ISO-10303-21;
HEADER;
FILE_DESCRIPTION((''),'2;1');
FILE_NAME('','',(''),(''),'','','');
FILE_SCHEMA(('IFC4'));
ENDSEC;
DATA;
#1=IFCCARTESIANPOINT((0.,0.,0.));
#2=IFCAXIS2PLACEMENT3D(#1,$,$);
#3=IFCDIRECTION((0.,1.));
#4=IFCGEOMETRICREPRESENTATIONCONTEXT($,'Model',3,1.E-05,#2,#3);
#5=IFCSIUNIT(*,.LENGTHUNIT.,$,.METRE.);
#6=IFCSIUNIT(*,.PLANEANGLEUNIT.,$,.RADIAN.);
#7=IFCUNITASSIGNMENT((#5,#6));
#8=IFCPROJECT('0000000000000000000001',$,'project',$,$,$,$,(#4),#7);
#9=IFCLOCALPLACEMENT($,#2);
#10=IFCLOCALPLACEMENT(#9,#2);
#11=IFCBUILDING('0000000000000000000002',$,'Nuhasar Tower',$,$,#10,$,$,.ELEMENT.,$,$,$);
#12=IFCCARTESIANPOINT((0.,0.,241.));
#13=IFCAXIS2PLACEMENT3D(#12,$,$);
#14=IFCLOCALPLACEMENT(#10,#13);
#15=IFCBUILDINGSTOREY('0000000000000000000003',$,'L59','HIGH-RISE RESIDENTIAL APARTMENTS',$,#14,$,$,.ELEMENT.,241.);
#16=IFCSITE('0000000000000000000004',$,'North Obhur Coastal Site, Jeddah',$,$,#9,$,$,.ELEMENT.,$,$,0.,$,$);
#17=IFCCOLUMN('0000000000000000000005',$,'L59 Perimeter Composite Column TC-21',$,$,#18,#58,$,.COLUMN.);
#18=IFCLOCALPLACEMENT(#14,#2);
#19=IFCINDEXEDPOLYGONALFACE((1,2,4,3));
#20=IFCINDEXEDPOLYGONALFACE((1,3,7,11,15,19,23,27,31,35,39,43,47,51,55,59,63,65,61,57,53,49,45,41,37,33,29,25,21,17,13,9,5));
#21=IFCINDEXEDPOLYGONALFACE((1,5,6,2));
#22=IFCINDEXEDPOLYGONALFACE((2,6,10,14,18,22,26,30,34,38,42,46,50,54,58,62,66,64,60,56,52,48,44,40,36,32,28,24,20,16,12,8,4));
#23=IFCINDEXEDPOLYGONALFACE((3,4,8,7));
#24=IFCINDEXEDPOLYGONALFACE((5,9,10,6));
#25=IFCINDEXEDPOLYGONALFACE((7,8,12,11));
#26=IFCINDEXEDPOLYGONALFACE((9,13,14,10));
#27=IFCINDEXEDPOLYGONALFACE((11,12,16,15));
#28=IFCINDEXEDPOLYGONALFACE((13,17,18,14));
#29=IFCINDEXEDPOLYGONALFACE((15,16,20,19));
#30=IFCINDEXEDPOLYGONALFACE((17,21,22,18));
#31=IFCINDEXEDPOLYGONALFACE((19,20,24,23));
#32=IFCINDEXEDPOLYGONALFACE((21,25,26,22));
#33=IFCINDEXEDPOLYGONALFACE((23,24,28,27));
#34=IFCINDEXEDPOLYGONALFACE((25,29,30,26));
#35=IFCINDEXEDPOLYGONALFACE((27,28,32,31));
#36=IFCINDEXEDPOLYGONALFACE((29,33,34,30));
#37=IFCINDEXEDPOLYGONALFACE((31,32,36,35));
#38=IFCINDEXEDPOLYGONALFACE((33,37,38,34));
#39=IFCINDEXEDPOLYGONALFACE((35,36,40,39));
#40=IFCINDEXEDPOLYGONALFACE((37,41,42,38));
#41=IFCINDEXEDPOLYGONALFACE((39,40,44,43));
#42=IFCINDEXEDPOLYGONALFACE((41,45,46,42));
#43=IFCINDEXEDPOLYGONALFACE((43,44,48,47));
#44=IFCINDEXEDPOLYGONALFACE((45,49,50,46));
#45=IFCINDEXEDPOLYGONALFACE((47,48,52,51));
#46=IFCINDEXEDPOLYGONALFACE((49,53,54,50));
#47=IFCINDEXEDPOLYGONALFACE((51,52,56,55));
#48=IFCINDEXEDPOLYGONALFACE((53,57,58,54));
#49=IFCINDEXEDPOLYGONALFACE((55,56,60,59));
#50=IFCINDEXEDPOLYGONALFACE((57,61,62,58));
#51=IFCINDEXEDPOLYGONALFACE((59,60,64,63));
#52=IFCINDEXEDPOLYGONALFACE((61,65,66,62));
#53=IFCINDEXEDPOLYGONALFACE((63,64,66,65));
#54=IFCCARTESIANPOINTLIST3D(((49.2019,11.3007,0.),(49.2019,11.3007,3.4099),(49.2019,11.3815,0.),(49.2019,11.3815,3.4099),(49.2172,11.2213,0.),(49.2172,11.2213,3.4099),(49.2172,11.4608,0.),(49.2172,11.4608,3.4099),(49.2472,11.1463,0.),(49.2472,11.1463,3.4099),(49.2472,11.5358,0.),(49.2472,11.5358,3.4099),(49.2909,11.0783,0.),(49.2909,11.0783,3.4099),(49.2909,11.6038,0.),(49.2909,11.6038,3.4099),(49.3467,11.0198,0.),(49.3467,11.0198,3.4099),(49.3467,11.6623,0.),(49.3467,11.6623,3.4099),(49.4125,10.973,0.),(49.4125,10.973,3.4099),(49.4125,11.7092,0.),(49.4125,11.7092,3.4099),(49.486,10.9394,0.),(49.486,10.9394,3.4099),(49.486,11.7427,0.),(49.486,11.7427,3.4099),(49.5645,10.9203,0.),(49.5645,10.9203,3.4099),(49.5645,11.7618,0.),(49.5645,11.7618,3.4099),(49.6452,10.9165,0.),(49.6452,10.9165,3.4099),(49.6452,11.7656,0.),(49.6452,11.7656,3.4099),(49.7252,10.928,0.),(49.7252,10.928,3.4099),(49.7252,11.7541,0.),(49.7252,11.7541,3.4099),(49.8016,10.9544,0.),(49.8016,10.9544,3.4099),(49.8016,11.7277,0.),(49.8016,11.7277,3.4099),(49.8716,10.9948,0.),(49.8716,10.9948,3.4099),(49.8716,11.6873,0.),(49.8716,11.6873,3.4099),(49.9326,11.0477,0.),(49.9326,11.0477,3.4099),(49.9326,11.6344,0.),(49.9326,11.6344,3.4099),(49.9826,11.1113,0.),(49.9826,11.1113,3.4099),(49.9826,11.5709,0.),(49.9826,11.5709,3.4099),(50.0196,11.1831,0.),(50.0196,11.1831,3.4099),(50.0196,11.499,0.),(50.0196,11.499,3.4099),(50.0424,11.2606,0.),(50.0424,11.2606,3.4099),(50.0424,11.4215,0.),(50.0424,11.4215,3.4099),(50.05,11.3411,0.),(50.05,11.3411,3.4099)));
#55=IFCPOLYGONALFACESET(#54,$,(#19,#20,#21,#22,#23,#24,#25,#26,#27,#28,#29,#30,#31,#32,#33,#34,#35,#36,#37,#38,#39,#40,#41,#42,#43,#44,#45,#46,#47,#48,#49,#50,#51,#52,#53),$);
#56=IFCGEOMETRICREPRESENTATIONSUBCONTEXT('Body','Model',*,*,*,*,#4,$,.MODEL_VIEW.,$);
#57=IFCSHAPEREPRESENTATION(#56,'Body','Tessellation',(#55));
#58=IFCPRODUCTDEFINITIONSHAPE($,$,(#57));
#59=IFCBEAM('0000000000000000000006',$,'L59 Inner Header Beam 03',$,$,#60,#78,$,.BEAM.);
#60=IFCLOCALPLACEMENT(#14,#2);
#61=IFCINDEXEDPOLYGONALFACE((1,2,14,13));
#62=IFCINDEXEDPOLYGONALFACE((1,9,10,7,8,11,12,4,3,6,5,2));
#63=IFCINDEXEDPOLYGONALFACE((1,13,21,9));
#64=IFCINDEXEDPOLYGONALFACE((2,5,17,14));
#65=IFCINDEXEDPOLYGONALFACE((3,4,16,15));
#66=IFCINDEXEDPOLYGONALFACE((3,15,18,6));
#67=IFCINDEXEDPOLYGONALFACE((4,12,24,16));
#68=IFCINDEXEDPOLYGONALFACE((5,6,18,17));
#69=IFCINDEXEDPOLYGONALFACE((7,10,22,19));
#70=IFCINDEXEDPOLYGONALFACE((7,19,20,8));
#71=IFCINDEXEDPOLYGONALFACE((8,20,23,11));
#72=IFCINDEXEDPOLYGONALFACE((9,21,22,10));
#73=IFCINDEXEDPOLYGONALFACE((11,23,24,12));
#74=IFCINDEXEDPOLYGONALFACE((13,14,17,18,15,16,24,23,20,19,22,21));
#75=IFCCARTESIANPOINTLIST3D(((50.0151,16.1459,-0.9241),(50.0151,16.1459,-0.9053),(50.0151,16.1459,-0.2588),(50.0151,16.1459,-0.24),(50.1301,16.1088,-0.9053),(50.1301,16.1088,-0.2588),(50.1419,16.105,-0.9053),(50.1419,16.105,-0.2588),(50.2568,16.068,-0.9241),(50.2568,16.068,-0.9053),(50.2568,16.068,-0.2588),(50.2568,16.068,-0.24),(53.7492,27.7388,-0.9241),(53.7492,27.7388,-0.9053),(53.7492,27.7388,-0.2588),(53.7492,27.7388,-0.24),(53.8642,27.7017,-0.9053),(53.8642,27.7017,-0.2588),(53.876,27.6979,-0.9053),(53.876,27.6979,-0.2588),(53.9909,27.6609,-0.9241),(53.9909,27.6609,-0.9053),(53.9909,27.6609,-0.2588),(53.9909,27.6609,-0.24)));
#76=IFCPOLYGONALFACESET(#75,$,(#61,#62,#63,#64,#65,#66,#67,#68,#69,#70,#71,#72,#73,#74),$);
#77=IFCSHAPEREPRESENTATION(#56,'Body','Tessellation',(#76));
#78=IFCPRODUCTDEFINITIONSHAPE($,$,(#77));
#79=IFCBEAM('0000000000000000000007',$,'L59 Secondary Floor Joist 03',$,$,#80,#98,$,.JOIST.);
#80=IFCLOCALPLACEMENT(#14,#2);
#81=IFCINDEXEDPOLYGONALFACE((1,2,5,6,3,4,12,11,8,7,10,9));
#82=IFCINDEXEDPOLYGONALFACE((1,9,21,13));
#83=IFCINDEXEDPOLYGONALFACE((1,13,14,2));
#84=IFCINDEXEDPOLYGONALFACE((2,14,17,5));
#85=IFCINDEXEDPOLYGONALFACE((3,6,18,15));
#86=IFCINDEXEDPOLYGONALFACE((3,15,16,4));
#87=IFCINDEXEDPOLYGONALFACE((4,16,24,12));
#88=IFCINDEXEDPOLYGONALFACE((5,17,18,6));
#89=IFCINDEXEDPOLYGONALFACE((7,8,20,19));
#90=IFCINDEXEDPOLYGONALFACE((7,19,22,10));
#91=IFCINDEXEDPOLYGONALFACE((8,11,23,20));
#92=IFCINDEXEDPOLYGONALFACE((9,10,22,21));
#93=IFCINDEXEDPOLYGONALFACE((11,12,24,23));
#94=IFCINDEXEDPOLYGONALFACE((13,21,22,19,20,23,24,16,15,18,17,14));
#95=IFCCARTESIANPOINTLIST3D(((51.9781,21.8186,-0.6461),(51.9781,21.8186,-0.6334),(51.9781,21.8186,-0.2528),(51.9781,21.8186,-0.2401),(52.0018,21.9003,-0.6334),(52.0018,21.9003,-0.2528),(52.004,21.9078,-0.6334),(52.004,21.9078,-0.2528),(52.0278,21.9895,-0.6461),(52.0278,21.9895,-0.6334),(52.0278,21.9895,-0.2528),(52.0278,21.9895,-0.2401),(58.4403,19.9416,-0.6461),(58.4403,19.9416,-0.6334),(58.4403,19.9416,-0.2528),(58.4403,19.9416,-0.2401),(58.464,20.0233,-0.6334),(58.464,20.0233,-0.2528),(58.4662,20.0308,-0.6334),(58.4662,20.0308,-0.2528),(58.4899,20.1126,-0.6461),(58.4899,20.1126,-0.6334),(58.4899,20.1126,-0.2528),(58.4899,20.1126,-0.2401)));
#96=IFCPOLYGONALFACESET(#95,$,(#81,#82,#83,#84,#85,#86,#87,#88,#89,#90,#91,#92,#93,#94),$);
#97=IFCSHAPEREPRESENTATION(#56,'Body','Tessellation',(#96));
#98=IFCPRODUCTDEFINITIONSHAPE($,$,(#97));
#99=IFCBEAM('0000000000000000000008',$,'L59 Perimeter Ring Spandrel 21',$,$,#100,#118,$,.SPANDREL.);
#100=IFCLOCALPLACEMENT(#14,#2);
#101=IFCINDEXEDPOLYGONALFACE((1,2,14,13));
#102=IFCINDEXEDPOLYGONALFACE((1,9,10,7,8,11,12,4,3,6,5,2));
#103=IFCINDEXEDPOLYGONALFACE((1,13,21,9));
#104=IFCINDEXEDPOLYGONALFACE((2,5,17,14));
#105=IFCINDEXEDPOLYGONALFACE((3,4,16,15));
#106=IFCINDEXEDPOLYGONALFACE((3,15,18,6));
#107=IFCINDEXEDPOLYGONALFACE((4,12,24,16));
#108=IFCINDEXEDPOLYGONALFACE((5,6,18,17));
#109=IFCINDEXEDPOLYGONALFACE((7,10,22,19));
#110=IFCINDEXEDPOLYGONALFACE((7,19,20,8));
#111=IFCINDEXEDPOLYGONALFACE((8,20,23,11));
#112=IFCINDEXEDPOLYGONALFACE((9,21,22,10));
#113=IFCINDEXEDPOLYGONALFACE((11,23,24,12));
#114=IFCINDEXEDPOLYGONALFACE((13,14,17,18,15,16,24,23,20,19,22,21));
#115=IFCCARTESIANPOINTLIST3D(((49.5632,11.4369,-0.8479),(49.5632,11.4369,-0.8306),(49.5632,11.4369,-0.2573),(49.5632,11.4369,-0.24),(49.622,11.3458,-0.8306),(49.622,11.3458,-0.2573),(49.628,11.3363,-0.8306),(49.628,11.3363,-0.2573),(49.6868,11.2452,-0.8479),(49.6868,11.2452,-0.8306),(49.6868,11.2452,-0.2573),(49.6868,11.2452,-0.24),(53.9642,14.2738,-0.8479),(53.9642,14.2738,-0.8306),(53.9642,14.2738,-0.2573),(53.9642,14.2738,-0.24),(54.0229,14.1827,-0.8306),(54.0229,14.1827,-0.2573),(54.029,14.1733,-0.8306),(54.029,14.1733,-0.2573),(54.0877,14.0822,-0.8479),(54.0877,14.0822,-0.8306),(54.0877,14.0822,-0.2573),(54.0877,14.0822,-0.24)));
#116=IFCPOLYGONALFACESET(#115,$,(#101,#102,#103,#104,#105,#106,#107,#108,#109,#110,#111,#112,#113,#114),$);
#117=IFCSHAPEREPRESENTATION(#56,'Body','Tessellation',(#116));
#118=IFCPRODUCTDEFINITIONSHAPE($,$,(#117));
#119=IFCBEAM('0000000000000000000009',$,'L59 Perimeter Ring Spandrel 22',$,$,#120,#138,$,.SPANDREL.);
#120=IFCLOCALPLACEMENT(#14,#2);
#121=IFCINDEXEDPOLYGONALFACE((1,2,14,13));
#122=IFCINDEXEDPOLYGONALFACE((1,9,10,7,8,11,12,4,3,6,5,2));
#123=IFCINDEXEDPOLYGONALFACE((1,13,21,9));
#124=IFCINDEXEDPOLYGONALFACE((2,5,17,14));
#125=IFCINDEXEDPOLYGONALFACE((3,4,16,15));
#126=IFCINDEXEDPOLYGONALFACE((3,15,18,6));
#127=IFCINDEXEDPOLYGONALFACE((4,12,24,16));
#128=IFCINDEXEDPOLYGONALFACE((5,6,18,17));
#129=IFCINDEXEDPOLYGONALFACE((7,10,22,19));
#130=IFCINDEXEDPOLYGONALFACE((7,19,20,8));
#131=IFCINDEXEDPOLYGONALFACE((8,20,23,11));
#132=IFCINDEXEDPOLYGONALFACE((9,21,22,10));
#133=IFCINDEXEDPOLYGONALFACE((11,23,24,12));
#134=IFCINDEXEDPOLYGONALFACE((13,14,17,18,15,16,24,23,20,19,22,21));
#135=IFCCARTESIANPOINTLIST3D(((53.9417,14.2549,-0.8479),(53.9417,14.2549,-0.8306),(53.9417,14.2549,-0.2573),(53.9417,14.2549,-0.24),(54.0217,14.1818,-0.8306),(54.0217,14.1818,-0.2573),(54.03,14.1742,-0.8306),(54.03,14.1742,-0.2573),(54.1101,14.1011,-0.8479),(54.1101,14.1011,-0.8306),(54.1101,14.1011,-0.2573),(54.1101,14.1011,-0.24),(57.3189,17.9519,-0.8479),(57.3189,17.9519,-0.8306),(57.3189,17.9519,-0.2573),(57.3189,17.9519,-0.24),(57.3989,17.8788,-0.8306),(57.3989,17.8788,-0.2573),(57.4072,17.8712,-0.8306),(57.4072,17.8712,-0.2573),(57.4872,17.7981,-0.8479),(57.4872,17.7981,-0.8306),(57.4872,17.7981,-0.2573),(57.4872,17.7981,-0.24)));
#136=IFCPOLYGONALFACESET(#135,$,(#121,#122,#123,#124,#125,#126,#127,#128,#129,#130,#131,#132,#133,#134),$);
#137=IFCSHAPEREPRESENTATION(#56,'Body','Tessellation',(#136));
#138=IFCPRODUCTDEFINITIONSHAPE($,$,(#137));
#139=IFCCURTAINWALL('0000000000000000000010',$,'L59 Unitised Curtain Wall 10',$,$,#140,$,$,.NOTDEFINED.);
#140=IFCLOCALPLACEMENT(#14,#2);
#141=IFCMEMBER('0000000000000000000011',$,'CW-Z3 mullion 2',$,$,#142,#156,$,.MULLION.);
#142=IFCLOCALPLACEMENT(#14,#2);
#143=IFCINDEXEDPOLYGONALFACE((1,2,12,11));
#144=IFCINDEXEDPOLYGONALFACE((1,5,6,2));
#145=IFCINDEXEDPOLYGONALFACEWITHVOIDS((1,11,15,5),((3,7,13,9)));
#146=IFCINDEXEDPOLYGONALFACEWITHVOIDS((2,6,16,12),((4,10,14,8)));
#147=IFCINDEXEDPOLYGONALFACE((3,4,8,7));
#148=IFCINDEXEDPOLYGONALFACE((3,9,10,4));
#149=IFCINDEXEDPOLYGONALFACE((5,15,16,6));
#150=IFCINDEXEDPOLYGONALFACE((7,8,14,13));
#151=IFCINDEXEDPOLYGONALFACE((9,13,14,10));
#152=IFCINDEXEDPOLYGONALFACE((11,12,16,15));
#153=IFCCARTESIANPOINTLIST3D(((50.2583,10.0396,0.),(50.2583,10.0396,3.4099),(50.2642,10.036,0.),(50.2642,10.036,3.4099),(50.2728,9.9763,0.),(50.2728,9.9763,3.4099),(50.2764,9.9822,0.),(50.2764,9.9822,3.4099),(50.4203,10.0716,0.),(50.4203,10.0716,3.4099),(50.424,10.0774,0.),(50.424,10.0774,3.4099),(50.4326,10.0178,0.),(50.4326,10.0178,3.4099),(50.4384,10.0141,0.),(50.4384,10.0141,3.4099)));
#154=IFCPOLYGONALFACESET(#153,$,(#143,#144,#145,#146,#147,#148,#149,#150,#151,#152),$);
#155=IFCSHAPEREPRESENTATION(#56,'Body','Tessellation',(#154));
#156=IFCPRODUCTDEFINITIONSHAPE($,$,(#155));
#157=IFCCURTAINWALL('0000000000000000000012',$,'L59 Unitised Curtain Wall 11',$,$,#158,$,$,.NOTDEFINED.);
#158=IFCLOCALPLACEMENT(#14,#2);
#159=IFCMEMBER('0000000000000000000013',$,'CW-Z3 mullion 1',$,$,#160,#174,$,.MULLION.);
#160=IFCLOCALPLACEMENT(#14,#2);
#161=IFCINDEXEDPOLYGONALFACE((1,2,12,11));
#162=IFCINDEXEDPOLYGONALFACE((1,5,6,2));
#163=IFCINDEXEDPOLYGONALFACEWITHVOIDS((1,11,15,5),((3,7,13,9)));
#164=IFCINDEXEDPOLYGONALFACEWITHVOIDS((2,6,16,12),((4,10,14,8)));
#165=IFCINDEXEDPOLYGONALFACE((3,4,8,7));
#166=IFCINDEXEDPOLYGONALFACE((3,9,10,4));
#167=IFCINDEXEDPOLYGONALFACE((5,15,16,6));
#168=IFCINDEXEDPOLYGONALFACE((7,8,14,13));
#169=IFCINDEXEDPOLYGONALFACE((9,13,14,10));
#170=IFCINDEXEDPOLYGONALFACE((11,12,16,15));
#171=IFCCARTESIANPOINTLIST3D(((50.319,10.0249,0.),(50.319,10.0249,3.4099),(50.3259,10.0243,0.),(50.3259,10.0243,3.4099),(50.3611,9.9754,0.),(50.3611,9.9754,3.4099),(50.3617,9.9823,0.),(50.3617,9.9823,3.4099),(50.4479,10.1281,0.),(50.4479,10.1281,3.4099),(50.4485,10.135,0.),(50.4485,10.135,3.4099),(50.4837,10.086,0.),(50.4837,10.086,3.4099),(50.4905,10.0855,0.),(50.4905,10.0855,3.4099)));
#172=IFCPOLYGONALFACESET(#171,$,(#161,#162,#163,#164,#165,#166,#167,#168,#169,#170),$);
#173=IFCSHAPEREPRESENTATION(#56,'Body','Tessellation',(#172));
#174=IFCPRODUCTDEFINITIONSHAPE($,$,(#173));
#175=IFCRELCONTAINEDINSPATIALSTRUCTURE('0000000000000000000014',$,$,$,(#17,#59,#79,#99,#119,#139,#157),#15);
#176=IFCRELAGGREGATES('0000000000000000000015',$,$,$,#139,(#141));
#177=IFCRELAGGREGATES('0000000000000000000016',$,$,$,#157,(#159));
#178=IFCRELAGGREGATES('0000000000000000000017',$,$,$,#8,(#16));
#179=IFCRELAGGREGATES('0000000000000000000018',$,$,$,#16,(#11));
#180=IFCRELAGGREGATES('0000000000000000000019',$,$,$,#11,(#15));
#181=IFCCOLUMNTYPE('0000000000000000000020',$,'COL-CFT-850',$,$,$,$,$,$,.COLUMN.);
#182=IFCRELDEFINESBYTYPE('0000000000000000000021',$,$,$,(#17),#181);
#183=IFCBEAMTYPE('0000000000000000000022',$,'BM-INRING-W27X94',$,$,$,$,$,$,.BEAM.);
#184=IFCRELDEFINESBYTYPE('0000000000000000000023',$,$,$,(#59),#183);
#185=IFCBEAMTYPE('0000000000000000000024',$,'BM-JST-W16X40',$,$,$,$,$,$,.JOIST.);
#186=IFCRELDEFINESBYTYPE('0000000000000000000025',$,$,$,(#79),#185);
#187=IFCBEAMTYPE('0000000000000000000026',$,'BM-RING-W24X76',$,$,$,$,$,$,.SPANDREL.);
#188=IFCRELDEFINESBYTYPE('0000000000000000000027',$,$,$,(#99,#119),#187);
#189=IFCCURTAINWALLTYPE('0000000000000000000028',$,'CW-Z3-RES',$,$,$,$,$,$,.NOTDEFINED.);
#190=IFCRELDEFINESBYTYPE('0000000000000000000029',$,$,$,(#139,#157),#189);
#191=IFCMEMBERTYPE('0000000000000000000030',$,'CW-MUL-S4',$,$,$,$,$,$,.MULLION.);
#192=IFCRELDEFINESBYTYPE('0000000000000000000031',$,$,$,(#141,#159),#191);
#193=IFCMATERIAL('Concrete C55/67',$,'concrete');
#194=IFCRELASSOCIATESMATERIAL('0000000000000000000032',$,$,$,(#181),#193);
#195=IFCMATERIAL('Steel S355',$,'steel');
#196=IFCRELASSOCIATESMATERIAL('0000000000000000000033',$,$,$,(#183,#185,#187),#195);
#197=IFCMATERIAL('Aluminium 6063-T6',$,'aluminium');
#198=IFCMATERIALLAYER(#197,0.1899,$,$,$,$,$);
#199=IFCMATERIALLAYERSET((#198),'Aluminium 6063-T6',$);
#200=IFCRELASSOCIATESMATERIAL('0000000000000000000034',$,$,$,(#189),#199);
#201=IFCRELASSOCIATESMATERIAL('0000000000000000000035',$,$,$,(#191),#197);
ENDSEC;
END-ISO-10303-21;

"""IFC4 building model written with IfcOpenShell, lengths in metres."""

from ifc_helpers import new_model, si_unit, direction, frame, origin, origin_2d, place, context, subcontext, project, spatial, hollow_rectangle, circle, i_section, extrude, material, layer, layer_set, material_profile, profile_set, type_object, element, aggregate, save


model = new_model("IFC4")

# Units and contexts
model_context = context("Model", 3, precision=1e-05, world=origin(), true_north=direction((0.0, 1.0)))
body_context = subcontext(model_context, "Body", "Model", "MODEL_VIEW")
ifc_project = project(units=[si_unit("LENGTHUNIT", "METRE"), si_unit("PLANEANGLEUNIT", "RADIAN")], contexts=[model_context])

# Site, building, storey
site_placement = place(None, origin())
site = spatial("IfcSite", under=ifc_project, at=site_placement, Name="North Obhur Coastal Site, Jeddah", CompositionType="ELEMENT", RefElevation=0.0)
building_placement = place(site_placement, origin())
building = spatial("IfcBuilding", under=site, at=building_placement, Name="Nuhasar Tower", CompositionType="ELEMENT")
storey_placement = place(building_placement, frame((0.0, 0.0, 241.0)))
storey = spatial("IfcBuildingStorey", under=building, at=storey_placement, Name="L59", Description="HIGH-RISE RESIDENTIAL APARTMENTS", CompositionType="ELEMENT", Elevation=241.0)

# Column
ifc_material_1 = material(Name="Concrete C55/67", Category="concrete")
ifc_material_profile_1 = material_profile(ifc_material_1, circle(Radius=0.425, at=origin_2d()), Name="CFT850")
ifc_profile_set_1 = profile_set([ifc_material_profile_1], Name="Concrete C55/67")
column_type = type_object("IfcColumnType", Name="COL-CFT-850", PredefinedType="COLUMN", material=ifc_profile_set_1)
column_placement = place(storey_placement, frame((49.625, 11.3411, 0.0), z_axis=(0.0, 0.0, 1.0), x_axis=(1.0, 0.0, 0.0)))
element("IfcColumn", 1, at=column_placement, inside=storey, type_object=column_type, Name="L59 Perimeter Composite Column TC-21", PredefinedType="COLUMN", context=body_context, shape_type="SweptSolid", body=[
    extrude(circle(Radius=0.425, at=origin_2d()), origin(), (0.0, 0.0, 1.0), 3.4099),
])

# Beams
ifc_material_2 = material(Name="Steel S355", Category="steel")
ifc_material_profile_2 = material_profile(ifc_material_2, i_section(OverallWidth=0.2539, OverallDepth=0.6841, WebThickness=0.0125, FlangeThickness=0.0188, at=origin_2d()), Name="W27X94")
ifc_profile_set_2 = profile_set([ifc_material_profile_2], Name="Steel S355")
beam_type_1 = type_object("IfcBeamType", Name="BM-INRING-W27X94", PredefinedType="BEAM", material=ifc_profile_set_2)
beam_1_placement = place(storey_placement, frame((50.136, 16.1069, -0.582), z_axis=(0.30659, 0.951842, 0.0), x_axis=(-0.951842, 0.30659, 0.0)))
element("IfcBeam", 2, at=beam_1_placement, inside=storey, type_object=beam_type_1, Name="L59 Inner Header Beam 03", PredefinedType="BEAM", context=body_context, shape_type="SweptSolid", body=[
    extrude(i_section(OverallWidth=0.2539, OverallDepth=0.6841, WebThickness=0.0125, FlangeThickness=0.0188, at=origin_2d()), origin(), (0.0, 0.0, 1.0), 12.1794),
])
ifc_material_profile_3 = material_profile(ifc_material_2, i_section(OverallWidth=0.178, OverallDepth=0.406, WebThickness=0.0078, FlangeThickness=0.0127, at=origin_2d()), Name="W16X40")
ifc_profile_set_3 = profile_set([ifc_material_profile_3], Name="Steel S355")
beam_type_2 = type_object("IfcBeamType", Name="BM-JST-W16X40", PredefinedType="JOIST", material=ifc_profile_set_3)
beam_2_placement = place(storey_placement, frame((52.0029, 21.9041, -0.4431), z_axis=(0.960313, -0.278926, 0.0), x_axis=(0.278926, 0.960313, 0.0)))
element("IfcBeam", 3, at=beam_2_placement, inside=storey, type_object=beam_type_2, Name="L59 Secondary Floor Joist 03", PredefinedType="JOIST", context=body_context, shape_type="SweptSolid", body=[
    extrude(i_section(OverallWidth=0.178, OverallDepth=0.406, WebThickness=0.0078, FlangeThickness=0.0127, at=origin_2d()), origin(), (0.0, 0.0, 1.0), 6.7292),
])
ifc_material_profile_4 = material_profile(ifc_material_2, i_section(OverallWidth=0.228, OverallDepth=0.6079, WebThickness=0.0112, FlangeThickness=0.0173, at=origin_2d()), Name="W24X76")
ifc_profile_set_4 = profile_set([ifc_material_profile_4], Name="Steel S355")
beam_type_3 = type_object("IfcBeamType", Name="BM-RING-W24X76", PredefinedType="SPANDREL", material=ifc_profile_set_4)
beam_3_placement = place(storey_placement, frame((49.625, 11.3411, -0.5439), z_axis=(0.840502, 0.541808, 0.0), x_axis=(-0.541808, 0.840502, 0.0)))
element("IfcBeam", 4, at=beam_3_placement, inside=storey, type_object=beam_type_3, Name="L59 Perimeter Ring Spandrel 21", PredefinedType="SPANDREL", context=body_context, shape_type="SweptSolid", body=[
    extrude(i_section(OverallWidth=0.228, OverallDepth=0.6079, WebThickness=0.0112, FlangeThickness=0.0173, at=origin_2d()), origin(), (0.0, 0.0, 1.0), 5.2361),
])
beam_4_placement = place(storey_placement, frame((54.0259, 14.178, -0.5439), z_axis=(0.67445, 0.738321, 0.0), x_axis=(-0.738321, 0.67445, 0.0)))
element("IfcBeam", 5, at=beam_4_placement, inside=storey, type_object=beam_type_3, Name="L59 Perimeter Ring Spandrel 22", PredefinedType="SPANDREL", context=body_context, shape_type="SweptSolid", body=[
    extrude(i_section(OverallWidth=0.228, OverallDepth=0.6079, WebThickness=0.0112, FlangeThickness=0.0173, at=origin_2d()), origin(), (0.0, 0.0, 1.0), 5.0073),
])

# Curtain wall, member
ifc_material_3 = material(Name="Aluminium 6063-T6", Category="aluminium")
ifc_layer_1 = layer(ifc_material_3, 0.1899)
ifc_layer_set_1 = layer_set([ifc_layer_1], Name="Aluminium 6063-T6")
curtain_wall_type = type_object("IfcCurtainWallType", Name="CW-Z3-RES", PredefinedType="NOTDEFINED", material=ifc_layer_set_1)
curtain_wall_1_placement = place(storey_placement, origin())
curtain_wall_1 = element("IfcCurtainWall", 6, at=curtain_wall_1_placement, inside=storey, type_object=curtain_wall_type, Name="L59 Unitised Curtain Wall 10", PredefinedType="NOTDEFINED")
ifc_material_profile_5 = material_profile(ifc_material_3, hollow_rectangle(XDim=0.0649, YDim=0.1699, WallThickness=0.0049, at=origin_2d()), Name="CWM-4")
ifc_profile_set_5 = profile_set([ifc_material_profile_5], Name="Aluminium 6063-T6")
member_type_1 = type_object("IfcMemberType", Name="CW-MUL-S4", PredefinedType="MULLION", material=ifc_profile_set_5)
member_1_placement = place(storey_placement, frame((50.3484, 10.0269, 0.0), z_axis=(0.0, 0.0, 1.0), x_axis=(-0.222243, 0.974991, 0.0)))
member_1 = element("IfcMember", 7, at=member_1_placement, type_object=member_type_1, Name="CW-Z3 mullion 2", PredefinedType="MULLION", context=body_context, shape_type="SweptSolid", body=[
    extrude(hollow_rectangle(XDim=0.0649, YDim=0.1699, WallThickness=0.0049, at=origin_2d()), origin(), (0.0, 0.0, 1.0), 3.4099),
])
aggregate(curtain_wall_1, [member_1])

# Curtain wall, member
curtain_wall_2_placement = place(storey_placement, origin())
curtain_wall_2 = element("IfcCurtainWall", 8, at=curtain_wall_2_placement, inside=storey, type_object=curtain_wall_type, Name="L59 Unitised Curtain Wall 11", PredefinedType="NOTDEFINED")
member_2_placement = place(storey_placement, frame((50.4048, 10.0552, 0.0), z_axis=(0.0, 0.0, 1.0), x_axis=(-0.647895, 0.761729, 0.0)))
member_2 = element("IfcMember", 9, at=member_2_placement, type_object=member_type_1, Name="CW-Z3 mullion 1", PredefinedType="MULLION", context=body_context, shape_type="SweptSolid", body=[
    extrude(hollow_rectangle(XDim=0.0649, YDim=0.1699, WallThickness=0.0049, at=origin_2d()), origin(), (0.0, 0.0, 1.0), 3.4099),
])
aggregate(curtain_wall_2, [member_2])

save(model, "model.ifc")
